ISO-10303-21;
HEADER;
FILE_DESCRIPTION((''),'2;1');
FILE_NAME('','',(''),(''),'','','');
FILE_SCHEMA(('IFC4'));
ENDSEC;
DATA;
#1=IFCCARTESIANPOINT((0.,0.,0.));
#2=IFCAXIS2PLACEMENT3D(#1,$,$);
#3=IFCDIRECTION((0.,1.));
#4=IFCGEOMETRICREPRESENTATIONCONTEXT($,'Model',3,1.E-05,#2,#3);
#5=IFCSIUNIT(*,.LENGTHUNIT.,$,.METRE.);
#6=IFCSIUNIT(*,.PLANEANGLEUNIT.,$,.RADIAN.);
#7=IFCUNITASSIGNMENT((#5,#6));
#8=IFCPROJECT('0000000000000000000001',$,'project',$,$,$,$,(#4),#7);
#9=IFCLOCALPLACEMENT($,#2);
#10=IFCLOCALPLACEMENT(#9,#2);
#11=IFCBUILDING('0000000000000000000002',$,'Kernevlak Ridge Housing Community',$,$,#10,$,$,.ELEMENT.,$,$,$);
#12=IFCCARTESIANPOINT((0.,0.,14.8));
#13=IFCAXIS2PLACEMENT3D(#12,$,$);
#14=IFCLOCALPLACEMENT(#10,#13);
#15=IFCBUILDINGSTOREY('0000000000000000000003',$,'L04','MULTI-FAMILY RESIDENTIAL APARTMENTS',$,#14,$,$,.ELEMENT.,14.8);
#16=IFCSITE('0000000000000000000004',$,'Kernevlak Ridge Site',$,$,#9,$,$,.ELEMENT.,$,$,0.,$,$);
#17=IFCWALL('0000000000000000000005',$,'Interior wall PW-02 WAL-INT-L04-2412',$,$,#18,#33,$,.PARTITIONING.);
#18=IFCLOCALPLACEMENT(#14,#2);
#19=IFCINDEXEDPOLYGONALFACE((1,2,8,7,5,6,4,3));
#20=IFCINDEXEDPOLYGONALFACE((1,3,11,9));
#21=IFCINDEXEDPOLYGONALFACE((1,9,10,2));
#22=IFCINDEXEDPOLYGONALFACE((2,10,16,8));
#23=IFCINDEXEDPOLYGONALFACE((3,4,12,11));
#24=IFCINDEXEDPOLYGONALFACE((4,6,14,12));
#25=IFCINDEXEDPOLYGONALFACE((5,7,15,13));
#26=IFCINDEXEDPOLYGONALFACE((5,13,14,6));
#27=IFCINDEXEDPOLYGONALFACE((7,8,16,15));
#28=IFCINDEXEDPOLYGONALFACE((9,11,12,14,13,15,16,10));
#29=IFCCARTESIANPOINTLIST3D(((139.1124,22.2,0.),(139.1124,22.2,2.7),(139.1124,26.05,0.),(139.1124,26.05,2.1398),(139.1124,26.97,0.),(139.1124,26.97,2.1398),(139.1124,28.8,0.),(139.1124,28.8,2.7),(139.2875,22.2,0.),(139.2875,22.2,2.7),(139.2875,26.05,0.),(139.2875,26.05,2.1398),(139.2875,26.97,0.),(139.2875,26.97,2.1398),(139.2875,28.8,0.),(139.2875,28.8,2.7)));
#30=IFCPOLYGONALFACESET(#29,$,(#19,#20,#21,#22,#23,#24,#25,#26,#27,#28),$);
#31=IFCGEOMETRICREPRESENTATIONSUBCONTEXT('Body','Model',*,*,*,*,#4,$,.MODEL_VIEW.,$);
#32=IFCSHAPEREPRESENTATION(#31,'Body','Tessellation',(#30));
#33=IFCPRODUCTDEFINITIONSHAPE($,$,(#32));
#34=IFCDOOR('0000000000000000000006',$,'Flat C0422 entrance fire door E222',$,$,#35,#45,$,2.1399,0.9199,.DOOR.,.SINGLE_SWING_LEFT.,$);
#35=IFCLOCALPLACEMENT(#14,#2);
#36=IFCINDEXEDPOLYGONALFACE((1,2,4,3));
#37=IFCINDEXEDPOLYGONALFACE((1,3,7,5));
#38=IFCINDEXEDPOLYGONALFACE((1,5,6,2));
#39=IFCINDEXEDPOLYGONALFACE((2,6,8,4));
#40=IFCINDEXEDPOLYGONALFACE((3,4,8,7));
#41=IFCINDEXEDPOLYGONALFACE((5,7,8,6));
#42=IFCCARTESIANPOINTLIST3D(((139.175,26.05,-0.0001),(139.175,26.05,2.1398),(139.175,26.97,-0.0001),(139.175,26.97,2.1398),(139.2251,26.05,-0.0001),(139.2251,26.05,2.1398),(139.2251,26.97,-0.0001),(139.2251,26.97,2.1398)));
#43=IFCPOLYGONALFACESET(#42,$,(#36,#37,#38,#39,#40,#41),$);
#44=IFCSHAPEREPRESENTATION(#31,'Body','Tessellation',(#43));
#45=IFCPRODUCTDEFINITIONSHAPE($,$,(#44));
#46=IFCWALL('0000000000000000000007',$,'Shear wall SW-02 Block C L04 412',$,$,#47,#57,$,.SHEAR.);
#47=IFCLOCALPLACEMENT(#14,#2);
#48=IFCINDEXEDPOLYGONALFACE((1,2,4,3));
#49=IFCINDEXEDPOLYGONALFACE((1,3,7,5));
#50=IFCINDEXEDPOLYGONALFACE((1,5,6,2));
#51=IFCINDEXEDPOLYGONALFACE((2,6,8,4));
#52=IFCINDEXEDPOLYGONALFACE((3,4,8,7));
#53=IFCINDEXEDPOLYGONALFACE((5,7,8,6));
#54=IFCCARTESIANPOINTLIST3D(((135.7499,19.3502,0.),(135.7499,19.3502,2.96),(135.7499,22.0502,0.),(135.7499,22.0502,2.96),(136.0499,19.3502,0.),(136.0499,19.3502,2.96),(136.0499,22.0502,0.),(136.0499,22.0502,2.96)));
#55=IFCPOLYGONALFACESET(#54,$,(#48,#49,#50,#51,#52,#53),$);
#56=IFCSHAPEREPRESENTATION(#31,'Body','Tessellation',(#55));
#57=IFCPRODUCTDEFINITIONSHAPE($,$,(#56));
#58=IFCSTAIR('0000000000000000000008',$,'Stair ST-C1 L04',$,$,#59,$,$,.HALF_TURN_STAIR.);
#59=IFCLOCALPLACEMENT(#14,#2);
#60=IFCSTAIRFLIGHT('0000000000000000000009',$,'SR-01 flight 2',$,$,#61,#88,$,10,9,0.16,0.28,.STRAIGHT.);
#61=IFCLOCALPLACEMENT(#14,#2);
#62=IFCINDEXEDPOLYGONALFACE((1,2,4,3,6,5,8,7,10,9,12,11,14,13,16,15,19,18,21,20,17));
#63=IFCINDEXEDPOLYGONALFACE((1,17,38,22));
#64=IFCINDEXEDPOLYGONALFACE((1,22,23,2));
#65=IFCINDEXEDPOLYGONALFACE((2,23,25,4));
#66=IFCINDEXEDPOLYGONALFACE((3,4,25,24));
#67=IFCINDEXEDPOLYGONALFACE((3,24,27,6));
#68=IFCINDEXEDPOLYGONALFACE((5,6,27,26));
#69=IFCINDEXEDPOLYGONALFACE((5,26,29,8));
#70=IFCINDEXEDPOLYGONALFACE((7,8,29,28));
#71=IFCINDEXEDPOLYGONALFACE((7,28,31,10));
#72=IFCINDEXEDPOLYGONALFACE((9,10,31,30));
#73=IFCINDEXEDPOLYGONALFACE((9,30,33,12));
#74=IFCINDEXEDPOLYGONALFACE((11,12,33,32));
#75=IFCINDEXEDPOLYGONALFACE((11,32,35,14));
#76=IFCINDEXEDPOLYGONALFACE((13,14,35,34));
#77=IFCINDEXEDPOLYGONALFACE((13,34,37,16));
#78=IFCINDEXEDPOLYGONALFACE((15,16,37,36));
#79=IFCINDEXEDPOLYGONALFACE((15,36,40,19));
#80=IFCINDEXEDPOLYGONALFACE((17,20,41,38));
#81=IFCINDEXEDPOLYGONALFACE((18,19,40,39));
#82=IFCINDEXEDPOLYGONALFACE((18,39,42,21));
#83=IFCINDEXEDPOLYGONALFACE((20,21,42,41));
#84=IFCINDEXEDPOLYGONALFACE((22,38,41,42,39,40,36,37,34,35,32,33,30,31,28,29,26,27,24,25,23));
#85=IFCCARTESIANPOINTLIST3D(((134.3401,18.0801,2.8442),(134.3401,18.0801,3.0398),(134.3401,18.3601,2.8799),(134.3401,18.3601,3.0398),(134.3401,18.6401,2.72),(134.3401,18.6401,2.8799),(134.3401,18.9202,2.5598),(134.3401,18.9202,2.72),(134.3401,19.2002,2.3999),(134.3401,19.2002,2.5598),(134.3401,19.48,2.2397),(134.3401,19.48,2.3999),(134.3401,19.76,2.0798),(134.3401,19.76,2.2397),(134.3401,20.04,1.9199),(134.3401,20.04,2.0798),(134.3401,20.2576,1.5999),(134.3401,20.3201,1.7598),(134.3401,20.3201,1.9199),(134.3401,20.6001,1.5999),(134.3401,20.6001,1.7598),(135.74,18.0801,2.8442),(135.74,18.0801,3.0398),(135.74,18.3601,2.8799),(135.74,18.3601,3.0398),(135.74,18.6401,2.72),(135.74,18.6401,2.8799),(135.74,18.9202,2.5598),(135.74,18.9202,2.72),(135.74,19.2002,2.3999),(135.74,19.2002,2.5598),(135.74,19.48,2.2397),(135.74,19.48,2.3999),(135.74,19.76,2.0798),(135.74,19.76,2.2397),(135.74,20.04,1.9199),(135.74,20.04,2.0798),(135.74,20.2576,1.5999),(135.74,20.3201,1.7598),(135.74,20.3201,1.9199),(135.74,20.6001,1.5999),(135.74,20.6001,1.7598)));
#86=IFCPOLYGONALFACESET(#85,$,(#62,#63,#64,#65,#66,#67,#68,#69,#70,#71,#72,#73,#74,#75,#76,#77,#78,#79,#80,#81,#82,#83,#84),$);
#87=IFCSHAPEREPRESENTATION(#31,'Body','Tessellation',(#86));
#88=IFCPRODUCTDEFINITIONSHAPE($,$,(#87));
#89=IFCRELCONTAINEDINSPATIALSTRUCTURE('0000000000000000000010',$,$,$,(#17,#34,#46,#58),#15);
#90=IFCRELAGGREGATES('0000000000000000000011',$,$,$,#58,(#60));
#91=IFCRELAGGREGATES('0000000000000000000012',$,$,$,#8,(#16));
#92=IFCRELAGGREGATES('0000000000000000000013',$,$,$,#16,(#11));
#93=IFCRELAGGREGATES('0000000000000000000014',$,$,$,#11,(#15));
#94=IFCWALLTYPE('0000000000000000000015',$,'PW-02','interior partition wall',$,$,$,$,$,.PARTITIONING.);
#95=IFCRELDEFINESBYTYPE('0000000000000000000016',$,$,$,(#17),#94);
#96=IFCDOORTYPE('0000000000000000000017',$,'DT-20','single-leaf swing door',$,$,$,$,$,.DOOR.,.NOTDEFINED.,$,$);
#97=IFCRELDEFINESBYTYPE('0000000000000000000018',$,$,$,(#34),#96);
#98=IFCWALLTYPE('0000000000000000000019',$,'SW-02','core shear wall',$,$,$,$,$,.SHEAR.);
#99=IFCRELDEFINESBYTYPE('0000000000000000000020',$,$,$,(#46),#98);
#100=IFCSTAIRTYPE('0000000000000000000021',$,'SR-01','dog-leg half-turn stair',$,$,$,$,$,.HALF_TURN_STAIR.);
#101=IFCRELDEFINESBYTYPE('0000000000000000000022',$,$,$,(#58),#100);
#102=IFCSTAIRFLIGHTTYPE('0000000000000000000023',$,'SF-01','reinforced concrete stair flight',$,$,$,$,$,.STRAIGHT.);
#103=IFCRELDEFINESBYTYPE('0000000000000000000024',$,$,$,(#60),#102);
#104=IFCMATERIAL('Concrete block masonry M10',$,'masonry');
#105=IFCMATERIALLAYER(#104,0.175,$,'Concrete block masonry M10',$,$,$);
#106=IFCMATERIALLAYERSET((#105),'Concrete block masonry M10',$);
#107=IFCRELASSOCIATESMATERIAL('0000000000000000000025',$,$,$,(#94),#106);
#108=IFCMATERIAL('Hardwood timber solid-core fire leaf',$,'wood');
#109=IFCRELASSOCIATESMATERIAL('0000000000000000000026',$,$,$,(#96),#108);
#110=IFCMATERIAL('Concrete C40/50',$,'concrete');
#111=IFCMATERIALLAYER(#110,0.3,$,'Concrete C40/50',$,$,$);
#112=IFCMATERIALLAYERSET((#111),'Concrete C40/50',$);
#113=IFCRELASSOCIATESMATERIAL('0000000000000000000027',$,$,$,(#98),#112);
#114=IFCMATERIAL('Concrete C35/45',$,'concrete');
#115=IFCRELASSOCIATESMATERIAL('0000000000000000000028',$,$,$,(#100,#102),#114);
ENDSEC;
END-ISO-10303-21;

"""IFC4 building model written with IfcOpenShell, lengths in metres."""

from ifc_helpers import new_model, si_unit, direction, frame, frame_2d, origin, place, context, subcontext, project, spatial, polyline, rectangle, outline, extrude, material, layer, layer_set, type_object, element, fill, aggregate, save


model = new_model("IFC4")

# Units and contexts
model_context = context("Model", 3, precision=1e-05, world=origin(), true_north=direction((0.0, 1.0)))
body_context = subcontext(model_context, "Body", "Model", "MODEL_VIEW")
ifc_project = project(units=[si_unit("LENGTHUNIT", "METRE"), si_unit("PLANEANGLEUNIT", "RADIAN")], contexts=[model_context])

# Site, building, storey
site_placement = place(None, origin())
site = spatial("IfcSite", under=ifc_project, at=site_placement, Name="Kernevlak Ridge Site", CompositionType="ELEMENT", RefElevation=0.0)
building_placement = place(site_placement, origin())
building = spatial("IfcBuilding", under=site, at=building_placement, Name="Kernevlak Ridge Housing Community", CompositionType="ELEMENT")
storey_placement = place(building_placement, frame((0.0, 0.0, 14.8)))
storey = spatial("IfcBuildingStorey", under=building, at=storey_placement, Name="L04", Description="MULTI-FAMILY RESIDENTIAL APARTMENTS", CompositionType="ELEMENT", Elevation=14.8)

# Shared definitions
ifc_material_1 = material(Name="Concrete C35/45", Category="concrete")

# Shared definitions
ifc_material_2 = material(Name="Concrete block masonry M10", Category="masonry")
ifc_layer_1 = layer(ifc_material_2, 0.175, Name="Concrete block masonry M10")
ifc_layer_set_1 = layer_set([ifc_layer_1], Name="Concrete block masonry M10")
wall_type_1 = type_object("IfcWallType", Name="PW-02", Description="interior partition wall", PredefinedType="PARTITIONING", material=ifc_layer_set_1)

# Wall, opening, door
ifc_material_3 = material(Name="Hardwood timber solid-core fire leaf", Category="wood")
door_type_1 = type_object("IfcDoorType", Name="DT-20", Description="single-leaf swing door", OperationType="NOTDEFINED", PredefinedType="DOOR", material=ifc_material_3)
wall_1_placement = place(storey_placement, frame((139.2, 22.2, 0.0), z_axis=(0.0, 0.0, 1.0), x_axis=(0.0, 1.0, 0.0)))
wall_1 = element("IfcWall", 1, at=wall_1_placement, inside=storey, type_object=wall_type_1, Name="Interior wall PW-02 WAL-INT-L04-2412", PredefinedType="PARTITIONING", context=body_context, shape_type="SweptSolid", body=[
    extrude(rectangle(XDim=6.6001, YDim=0.175, at=frame_2d((3.3, 0.0))), origin(), (0.0, 0.0, 1.0), 2.7),
])
opening_1_placement = place(wall_1_placement, frame((3.8501, 0.0, 0.0)))
opening_1 = element("IfcOpeningElement", 2, at=opening_1_placement, cuts=wall_1, PredefinedType="OPENING", context=body_context, shape_type="SweptSolid", body=[
    extrude(rectangle(XDim=0.9199, YDim=2.1399, at=frame_2d((0.46, 1.0698))), frame((0.0, 0.0974, 0.0), z_axis=(0.0, -1.0, 0.0), x_axis=(1.0, 0.0, 0.0)), (0.0, 0.0, 1.0), 0.1951),
])
door_1_placement = place(opening_1_placement, origin())
door_1 = element("IfcDoor", 3, at=door_1_placement, inside=storey, type_object=door_type_1, Name="Flat C0422 entrance fire door E222", OperationType="SINGLE_SWING_LEFT", OverallHeight=2.1399, OverallWidth=0.9199, PredefinedType="DOOR", context=body_context, shape_type="SweptSolid", body=[
    extrude(rectangle(XDim=0.9199, YDim=2.1399, at=frame_2d((0.46, 1.0698))), frame((0.0, 0.0249, 0.0), z_axis=(0.0, -1.0, 0.0), x_axis=(1.0, 0.0, 0.0)), (0.0, 0.0, 1.0), 0.05),
])
fill(opening_1, door_1)

# Wall
ifc_material_4 = material(Name="Concrete C40/50", Category="concrete")
ifc_layer_2 = layer(ifc_material_4, 0.3, Name="Concrete C40/50")
ifc_layer_set_2 = layer_set([ifc_layer_2], Name="Concrete C40/50")
wall_type_2 = type_object("IfcWallType", Name="SW-02", Description="core shear wall", PredefinedType="SHEAR", material=ifc_layer_set_2)
wall_2_placement = place(storey_placement, frame((135.8999, 19.3501, 0.0), z_axis=(0.0, 0.0, 1.0), x_axis=(0.0, 1.0, 0.0)))
element("IfcWall", 4, at=wall_2_placement, inside=storey, type_object=wall_type_2, Name="Shear wall SW-02 Block C L04 412", PredefinedType="SHEAR", context=body_context, shape_type="SweptSolid", body=[
    extrude(rectangle(XDim=2.7, YDim=0.3, at=frame_2d((1.3501, 0.0))), origin(), (0.0, 0.0, 1.0), 2.96),
])

# Stair, stair flight
stair_type = type_object("IfcStairType", Name="SR-01", Description="dog-leg half-turn stair", PredefinedType="HALF_TURN_STAIR", material=ifc_material_1)
stair_placement = place(storey_placement, origin())
stair = element("IfcStair", 5, at=stair_placement, inside=storey, type_object=stair_type, Name="Stair ST-C1 L04", PredefinedType="HALF_TURN_STAIR")
stair_flight_type = type_object("IfcStairFlightType", Name="SF-01", Description="reinforced concrete stair flight", PredefinedType="STRAIGHT", material=ifc_material_1)
stair_flight_placement = place(storey_placement, frame((135.04, 20.6001, 1.5999), z_axis=(0.0, 0.0, 1.0), x_axis=(0.0, -1.0, 0.0)))
stair_flight = element("IfcStairFlight", 6, at=stair_flight_placement, type_object=stair_flight_type, Name="SR-01 flight 2", NumberOfRisers=10, NumberOfTreads=9, PredefinedType="STRAIGHT", RiserHeight=0.16, TreadLength=0.28, context=body_context, shape_type="SweptSolid", body=[
    extrude(outline(polyline([(0.0, 0.0), (0.0, 0.1599), (0.28, 0.1599), (0.28, 0.3201), (0.5601, 0.3201), (0.5601, 0.48), (0.8401, 0.48), (0.8401, 0.6399), (1.1201, 0.6399), (1.1201, 0.8), (1.3999, 0.8), (1.3999, 0.96), (1.6799, 0.96), (1.6799, 1.1201), (1.96, 1.1201), (1.96, 1.28), (2.24, 1.28), (2.24, 1.4399), (2.52, 1.4399), (2.52, 1.6001), (2.52, 1.2444), (0.3425, 0.0), (0.0, 0.0)])), frame((0.0, 0.7, 0.0), z_axis=(0.0, -1.0, 0.0), x_axis=(1.0, 0.0, 0.0)), (0.0, 0.0, 1.0), 1.3999),
])
aggregate(stair, [stair_flight])

save(model, "model.ifc")
